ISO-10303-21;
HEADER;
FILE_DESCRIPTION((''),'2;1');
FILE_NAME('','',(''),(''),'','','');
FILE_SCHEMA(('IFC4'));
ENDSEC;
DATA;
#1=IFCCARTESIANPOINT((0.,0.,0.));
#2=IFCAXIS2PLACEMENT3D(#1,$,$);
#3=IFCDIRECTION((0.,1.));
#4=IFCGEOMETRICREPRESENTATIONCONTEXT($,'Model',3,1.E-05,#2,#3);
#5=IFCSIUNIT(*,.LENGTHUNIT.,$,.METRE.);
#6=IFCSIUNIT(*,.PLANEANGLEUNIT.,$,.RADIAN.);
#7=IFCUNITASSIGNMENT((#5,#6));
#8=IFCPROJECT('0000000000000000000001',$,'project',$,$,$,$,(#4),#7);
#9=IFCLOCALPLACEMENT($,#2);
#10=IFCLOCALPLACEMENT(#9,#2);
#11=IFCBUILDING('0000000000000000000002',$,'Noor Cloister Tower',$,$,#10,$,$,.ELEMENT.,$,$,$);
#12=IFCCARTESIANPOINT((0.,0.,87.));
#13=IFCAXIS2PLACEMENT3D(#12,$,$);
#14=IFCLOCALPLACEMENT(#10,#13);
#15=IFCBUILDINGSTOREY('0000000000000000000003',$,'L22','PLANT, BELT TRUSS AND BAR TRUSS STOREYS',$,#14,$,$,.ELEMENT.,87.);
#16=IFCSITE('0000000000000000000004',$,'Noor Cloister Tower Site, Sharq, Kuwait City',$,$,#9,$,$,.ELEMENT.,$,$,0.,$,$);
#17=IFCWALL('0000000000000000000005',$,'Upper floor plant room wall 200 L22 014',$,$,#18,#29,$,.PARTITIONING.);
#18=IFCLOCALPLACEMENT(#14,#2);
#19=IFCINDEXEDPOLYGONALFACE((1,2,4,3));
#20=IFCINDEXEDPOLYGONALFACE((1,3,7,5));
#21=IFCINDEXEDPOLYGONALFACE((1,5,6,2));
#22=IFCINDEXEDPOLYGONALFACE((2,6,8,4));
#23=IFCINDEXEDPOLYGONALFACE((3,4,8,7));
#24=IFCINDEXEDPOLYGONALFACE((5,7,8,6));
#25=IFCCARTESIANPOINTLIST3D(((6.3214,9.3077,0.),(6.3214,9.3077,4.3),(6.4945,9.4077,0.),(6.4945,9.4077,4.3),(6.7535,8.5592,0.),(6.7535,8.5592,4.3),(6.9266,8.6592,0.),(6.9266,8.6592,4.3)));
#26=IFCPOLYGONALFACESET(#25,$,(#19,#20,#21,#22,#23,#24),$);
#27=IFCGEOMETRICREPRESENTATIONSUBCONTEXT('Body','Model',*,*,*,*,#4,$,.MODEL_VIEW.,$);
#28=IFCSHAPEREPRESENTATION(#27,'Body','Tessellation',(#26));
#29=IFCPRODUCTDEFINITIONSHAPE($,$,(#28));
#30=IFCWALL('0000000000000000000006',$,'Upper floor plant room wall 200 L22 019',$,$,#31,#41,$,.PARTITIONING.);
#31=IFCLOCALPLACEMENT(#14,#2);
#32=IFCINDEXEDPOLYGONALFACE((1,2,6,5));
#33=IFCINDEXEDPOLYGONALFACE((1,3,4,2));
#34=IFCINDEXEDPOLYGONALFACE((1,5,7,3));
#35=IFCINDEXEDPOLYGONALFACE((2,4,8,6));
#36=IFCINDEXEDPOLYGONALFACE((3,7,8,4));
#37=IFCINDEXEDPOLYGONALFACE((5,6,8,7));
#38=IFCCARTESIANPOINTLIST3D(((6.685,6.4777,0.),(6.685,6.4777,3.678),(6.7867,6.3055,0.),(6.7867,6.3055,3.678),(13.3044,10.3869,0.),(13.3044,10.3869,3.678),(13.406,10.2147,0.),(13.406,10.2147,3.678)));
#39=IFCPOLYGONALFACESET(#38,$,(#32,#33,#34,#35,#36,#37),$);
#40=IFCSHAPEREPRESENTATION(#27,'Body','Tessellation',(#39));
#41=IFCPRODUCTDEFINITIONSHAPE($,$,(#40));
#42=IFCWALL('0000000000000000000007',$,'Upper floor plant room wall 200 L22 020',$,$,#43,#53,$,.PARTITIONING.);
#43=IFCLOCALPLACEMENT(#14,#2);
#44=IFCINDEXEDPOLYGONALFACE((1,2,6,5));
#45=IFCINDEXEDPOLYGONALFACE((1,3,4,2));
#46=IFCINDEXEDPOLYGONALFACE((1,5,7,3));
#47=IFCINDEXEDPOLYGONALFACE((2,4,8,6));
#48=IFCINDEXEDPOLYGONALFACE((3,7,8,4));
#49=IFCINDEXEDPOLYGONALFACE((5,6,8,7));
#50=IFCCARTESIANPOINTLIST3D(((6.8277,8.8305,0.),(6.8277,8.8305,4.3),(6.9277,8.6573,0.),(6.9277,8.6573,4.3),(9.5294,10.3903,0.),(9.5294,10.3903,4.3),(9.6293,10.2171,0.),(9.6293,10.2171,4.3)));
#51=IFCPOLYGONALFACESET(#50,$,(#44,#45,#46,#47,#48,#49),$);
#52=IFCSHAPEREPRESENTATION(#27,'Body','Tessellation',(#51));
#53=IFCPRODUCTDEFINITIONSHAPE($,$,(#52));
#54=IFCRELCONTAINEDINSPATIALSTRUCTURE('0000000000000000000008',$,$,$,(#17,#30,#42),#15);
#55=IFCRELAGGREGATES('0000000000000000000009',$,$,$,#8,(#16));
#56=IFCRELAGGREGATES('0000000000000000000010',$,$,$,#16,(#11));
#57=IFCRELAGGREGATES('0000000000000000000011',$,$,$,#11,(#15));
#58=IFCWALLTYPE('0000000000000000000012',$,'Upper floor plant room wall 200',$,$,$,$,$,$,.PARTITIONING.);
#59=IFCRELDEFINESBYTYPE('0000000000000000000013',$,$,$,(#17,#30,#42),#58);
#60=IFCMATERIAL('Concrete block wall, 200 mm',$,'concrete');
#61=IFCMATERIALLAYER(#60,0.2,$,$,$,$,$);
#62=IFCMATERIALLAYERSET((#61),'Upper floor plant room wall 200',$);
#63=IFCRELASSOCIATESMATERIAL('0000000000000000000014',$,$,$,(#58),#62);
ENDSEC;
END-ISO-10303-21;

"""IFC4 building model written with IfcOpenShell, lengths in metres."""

from ifc_helpers import new_model, si_unit, direction, frame, frame_2d, origin, place, context, subcontext, project, spatial, rectangle, extrude, material, layer, layer_set, type_object, element, save


model = new_model("IFC4")

# Units and contexts
model_context = context("Model", 3, precision=1e-05, world=origin(), true_north=direction((0.0, 1.0)))
body_context = subcontext(model_context, "Body", "Model", "MODEL_VIEW")
ifc_project = project(units=[si_unit("LENGTHUNIT", "METRE"), si_unit("PLANEANGLEUNIT", "RADIAN")], contexts=[model_context])

# Site, building, storey
site_placement = place(None, origin())
site = spatial("IfcSite", under=ifc_project, at=site_placement, Name="Noor Cloister Tower Site, Sharq, Kuwait City", CompositionType="ELEMENT", RefElevation=0.0)
building_placement = place(site_placement, origin())
building = spatial("IfcBuilding", under=site, at=building_placement, Name="Noor Cloister Tower", CompositionType="ELEMENT")
storey_placement = place(building_placement, frame((0.0, 0.0, 87.0)))
storey = spatial("IfcBuildingStorey", under=building, at=storey_placement, Name="L22", Description="PLANT, BELT TRUSS AND BAR TRUSS STOREYS", CompositionType="ELEMENT", Elevation=87.0)

# Walls
ifc_material_1 = material(Name="Concrete block wall, 200 mm", Category="concrete")
ifc_layer = layer(ifc_material_1, 0.2)
ifc_layer_set = layer_set([ifc_layer], Name="Upper floor plant room wall 200")
wall_type = type_object("IfcWallType", Name="Upper floor plant room wall 200", PredefinedType="PARTITIONING", material=ifc_layer_set)
wall_1_placement = place(storey_placement, frame((6.408, 9.3577, 0.0), z_axis=(0.0, 0.0, 1.0), x_axis=(0.499967, -0.866044, 0.0)))
element("IfcWall", 1, at=wall_1_placement, inside=storey, type_object=wall_type, Name="Upper floor plant room wall 200 L22 014", PredefinedType="PARTITIONING", context=body_context, shape_type="SweptSolid", body=[
    extrude(rectangle(XDim=0.8643, YDim=0.2, at=frame_2d((0.4321, 0.0))), origin(), (0.0, 0.0, 1.0), 4.3),
])
wall_2_placement = place(storey_placement, frame((6.7358, 6.3916, 0.0), z_axis=(0.0, 0.0, 1.0), x_axis=(0.861056, 0.50851, 0.0)))
element("IfcWall", 2, at=wall_2_placement, inside=storey, type_object=wall_type, Name="Upper floor plant room wall 200 L22 019", PredefinedType="PARTITIONING", context=body_context, shape_type="SweptSolid", body=[
    extrude(rectangle(XDim=7.6875, YDim=0.2, at=frame_2d((3.8438, 0.0))), origin(), (0.0, 0.0, 1.0), 3.678),
])
wall_3_placement = place(storey_placement, frame((6.8777, 8.7439, 0.0), z_axis=(0.0, 0.0, 1.0), x_axis=(0.866024, 0.500002, 0.0)))
element("IfcWall", 3, at=wall_3_placement, inside=storey, type_object=wall_type, Name="Upper floor plant room wall 200 L22 020", PredefinedType="PARTITIONING", context=body_context, shape_type="SweptSolid", body=[
    extrude(rectangle(XDim=3.1196, YDim=0.2, at=frame_2d((1.5598, 0.0))), origin(), (0.0, 0.0, 1.0), 4.3),
])

save(model, "model.ifc")
